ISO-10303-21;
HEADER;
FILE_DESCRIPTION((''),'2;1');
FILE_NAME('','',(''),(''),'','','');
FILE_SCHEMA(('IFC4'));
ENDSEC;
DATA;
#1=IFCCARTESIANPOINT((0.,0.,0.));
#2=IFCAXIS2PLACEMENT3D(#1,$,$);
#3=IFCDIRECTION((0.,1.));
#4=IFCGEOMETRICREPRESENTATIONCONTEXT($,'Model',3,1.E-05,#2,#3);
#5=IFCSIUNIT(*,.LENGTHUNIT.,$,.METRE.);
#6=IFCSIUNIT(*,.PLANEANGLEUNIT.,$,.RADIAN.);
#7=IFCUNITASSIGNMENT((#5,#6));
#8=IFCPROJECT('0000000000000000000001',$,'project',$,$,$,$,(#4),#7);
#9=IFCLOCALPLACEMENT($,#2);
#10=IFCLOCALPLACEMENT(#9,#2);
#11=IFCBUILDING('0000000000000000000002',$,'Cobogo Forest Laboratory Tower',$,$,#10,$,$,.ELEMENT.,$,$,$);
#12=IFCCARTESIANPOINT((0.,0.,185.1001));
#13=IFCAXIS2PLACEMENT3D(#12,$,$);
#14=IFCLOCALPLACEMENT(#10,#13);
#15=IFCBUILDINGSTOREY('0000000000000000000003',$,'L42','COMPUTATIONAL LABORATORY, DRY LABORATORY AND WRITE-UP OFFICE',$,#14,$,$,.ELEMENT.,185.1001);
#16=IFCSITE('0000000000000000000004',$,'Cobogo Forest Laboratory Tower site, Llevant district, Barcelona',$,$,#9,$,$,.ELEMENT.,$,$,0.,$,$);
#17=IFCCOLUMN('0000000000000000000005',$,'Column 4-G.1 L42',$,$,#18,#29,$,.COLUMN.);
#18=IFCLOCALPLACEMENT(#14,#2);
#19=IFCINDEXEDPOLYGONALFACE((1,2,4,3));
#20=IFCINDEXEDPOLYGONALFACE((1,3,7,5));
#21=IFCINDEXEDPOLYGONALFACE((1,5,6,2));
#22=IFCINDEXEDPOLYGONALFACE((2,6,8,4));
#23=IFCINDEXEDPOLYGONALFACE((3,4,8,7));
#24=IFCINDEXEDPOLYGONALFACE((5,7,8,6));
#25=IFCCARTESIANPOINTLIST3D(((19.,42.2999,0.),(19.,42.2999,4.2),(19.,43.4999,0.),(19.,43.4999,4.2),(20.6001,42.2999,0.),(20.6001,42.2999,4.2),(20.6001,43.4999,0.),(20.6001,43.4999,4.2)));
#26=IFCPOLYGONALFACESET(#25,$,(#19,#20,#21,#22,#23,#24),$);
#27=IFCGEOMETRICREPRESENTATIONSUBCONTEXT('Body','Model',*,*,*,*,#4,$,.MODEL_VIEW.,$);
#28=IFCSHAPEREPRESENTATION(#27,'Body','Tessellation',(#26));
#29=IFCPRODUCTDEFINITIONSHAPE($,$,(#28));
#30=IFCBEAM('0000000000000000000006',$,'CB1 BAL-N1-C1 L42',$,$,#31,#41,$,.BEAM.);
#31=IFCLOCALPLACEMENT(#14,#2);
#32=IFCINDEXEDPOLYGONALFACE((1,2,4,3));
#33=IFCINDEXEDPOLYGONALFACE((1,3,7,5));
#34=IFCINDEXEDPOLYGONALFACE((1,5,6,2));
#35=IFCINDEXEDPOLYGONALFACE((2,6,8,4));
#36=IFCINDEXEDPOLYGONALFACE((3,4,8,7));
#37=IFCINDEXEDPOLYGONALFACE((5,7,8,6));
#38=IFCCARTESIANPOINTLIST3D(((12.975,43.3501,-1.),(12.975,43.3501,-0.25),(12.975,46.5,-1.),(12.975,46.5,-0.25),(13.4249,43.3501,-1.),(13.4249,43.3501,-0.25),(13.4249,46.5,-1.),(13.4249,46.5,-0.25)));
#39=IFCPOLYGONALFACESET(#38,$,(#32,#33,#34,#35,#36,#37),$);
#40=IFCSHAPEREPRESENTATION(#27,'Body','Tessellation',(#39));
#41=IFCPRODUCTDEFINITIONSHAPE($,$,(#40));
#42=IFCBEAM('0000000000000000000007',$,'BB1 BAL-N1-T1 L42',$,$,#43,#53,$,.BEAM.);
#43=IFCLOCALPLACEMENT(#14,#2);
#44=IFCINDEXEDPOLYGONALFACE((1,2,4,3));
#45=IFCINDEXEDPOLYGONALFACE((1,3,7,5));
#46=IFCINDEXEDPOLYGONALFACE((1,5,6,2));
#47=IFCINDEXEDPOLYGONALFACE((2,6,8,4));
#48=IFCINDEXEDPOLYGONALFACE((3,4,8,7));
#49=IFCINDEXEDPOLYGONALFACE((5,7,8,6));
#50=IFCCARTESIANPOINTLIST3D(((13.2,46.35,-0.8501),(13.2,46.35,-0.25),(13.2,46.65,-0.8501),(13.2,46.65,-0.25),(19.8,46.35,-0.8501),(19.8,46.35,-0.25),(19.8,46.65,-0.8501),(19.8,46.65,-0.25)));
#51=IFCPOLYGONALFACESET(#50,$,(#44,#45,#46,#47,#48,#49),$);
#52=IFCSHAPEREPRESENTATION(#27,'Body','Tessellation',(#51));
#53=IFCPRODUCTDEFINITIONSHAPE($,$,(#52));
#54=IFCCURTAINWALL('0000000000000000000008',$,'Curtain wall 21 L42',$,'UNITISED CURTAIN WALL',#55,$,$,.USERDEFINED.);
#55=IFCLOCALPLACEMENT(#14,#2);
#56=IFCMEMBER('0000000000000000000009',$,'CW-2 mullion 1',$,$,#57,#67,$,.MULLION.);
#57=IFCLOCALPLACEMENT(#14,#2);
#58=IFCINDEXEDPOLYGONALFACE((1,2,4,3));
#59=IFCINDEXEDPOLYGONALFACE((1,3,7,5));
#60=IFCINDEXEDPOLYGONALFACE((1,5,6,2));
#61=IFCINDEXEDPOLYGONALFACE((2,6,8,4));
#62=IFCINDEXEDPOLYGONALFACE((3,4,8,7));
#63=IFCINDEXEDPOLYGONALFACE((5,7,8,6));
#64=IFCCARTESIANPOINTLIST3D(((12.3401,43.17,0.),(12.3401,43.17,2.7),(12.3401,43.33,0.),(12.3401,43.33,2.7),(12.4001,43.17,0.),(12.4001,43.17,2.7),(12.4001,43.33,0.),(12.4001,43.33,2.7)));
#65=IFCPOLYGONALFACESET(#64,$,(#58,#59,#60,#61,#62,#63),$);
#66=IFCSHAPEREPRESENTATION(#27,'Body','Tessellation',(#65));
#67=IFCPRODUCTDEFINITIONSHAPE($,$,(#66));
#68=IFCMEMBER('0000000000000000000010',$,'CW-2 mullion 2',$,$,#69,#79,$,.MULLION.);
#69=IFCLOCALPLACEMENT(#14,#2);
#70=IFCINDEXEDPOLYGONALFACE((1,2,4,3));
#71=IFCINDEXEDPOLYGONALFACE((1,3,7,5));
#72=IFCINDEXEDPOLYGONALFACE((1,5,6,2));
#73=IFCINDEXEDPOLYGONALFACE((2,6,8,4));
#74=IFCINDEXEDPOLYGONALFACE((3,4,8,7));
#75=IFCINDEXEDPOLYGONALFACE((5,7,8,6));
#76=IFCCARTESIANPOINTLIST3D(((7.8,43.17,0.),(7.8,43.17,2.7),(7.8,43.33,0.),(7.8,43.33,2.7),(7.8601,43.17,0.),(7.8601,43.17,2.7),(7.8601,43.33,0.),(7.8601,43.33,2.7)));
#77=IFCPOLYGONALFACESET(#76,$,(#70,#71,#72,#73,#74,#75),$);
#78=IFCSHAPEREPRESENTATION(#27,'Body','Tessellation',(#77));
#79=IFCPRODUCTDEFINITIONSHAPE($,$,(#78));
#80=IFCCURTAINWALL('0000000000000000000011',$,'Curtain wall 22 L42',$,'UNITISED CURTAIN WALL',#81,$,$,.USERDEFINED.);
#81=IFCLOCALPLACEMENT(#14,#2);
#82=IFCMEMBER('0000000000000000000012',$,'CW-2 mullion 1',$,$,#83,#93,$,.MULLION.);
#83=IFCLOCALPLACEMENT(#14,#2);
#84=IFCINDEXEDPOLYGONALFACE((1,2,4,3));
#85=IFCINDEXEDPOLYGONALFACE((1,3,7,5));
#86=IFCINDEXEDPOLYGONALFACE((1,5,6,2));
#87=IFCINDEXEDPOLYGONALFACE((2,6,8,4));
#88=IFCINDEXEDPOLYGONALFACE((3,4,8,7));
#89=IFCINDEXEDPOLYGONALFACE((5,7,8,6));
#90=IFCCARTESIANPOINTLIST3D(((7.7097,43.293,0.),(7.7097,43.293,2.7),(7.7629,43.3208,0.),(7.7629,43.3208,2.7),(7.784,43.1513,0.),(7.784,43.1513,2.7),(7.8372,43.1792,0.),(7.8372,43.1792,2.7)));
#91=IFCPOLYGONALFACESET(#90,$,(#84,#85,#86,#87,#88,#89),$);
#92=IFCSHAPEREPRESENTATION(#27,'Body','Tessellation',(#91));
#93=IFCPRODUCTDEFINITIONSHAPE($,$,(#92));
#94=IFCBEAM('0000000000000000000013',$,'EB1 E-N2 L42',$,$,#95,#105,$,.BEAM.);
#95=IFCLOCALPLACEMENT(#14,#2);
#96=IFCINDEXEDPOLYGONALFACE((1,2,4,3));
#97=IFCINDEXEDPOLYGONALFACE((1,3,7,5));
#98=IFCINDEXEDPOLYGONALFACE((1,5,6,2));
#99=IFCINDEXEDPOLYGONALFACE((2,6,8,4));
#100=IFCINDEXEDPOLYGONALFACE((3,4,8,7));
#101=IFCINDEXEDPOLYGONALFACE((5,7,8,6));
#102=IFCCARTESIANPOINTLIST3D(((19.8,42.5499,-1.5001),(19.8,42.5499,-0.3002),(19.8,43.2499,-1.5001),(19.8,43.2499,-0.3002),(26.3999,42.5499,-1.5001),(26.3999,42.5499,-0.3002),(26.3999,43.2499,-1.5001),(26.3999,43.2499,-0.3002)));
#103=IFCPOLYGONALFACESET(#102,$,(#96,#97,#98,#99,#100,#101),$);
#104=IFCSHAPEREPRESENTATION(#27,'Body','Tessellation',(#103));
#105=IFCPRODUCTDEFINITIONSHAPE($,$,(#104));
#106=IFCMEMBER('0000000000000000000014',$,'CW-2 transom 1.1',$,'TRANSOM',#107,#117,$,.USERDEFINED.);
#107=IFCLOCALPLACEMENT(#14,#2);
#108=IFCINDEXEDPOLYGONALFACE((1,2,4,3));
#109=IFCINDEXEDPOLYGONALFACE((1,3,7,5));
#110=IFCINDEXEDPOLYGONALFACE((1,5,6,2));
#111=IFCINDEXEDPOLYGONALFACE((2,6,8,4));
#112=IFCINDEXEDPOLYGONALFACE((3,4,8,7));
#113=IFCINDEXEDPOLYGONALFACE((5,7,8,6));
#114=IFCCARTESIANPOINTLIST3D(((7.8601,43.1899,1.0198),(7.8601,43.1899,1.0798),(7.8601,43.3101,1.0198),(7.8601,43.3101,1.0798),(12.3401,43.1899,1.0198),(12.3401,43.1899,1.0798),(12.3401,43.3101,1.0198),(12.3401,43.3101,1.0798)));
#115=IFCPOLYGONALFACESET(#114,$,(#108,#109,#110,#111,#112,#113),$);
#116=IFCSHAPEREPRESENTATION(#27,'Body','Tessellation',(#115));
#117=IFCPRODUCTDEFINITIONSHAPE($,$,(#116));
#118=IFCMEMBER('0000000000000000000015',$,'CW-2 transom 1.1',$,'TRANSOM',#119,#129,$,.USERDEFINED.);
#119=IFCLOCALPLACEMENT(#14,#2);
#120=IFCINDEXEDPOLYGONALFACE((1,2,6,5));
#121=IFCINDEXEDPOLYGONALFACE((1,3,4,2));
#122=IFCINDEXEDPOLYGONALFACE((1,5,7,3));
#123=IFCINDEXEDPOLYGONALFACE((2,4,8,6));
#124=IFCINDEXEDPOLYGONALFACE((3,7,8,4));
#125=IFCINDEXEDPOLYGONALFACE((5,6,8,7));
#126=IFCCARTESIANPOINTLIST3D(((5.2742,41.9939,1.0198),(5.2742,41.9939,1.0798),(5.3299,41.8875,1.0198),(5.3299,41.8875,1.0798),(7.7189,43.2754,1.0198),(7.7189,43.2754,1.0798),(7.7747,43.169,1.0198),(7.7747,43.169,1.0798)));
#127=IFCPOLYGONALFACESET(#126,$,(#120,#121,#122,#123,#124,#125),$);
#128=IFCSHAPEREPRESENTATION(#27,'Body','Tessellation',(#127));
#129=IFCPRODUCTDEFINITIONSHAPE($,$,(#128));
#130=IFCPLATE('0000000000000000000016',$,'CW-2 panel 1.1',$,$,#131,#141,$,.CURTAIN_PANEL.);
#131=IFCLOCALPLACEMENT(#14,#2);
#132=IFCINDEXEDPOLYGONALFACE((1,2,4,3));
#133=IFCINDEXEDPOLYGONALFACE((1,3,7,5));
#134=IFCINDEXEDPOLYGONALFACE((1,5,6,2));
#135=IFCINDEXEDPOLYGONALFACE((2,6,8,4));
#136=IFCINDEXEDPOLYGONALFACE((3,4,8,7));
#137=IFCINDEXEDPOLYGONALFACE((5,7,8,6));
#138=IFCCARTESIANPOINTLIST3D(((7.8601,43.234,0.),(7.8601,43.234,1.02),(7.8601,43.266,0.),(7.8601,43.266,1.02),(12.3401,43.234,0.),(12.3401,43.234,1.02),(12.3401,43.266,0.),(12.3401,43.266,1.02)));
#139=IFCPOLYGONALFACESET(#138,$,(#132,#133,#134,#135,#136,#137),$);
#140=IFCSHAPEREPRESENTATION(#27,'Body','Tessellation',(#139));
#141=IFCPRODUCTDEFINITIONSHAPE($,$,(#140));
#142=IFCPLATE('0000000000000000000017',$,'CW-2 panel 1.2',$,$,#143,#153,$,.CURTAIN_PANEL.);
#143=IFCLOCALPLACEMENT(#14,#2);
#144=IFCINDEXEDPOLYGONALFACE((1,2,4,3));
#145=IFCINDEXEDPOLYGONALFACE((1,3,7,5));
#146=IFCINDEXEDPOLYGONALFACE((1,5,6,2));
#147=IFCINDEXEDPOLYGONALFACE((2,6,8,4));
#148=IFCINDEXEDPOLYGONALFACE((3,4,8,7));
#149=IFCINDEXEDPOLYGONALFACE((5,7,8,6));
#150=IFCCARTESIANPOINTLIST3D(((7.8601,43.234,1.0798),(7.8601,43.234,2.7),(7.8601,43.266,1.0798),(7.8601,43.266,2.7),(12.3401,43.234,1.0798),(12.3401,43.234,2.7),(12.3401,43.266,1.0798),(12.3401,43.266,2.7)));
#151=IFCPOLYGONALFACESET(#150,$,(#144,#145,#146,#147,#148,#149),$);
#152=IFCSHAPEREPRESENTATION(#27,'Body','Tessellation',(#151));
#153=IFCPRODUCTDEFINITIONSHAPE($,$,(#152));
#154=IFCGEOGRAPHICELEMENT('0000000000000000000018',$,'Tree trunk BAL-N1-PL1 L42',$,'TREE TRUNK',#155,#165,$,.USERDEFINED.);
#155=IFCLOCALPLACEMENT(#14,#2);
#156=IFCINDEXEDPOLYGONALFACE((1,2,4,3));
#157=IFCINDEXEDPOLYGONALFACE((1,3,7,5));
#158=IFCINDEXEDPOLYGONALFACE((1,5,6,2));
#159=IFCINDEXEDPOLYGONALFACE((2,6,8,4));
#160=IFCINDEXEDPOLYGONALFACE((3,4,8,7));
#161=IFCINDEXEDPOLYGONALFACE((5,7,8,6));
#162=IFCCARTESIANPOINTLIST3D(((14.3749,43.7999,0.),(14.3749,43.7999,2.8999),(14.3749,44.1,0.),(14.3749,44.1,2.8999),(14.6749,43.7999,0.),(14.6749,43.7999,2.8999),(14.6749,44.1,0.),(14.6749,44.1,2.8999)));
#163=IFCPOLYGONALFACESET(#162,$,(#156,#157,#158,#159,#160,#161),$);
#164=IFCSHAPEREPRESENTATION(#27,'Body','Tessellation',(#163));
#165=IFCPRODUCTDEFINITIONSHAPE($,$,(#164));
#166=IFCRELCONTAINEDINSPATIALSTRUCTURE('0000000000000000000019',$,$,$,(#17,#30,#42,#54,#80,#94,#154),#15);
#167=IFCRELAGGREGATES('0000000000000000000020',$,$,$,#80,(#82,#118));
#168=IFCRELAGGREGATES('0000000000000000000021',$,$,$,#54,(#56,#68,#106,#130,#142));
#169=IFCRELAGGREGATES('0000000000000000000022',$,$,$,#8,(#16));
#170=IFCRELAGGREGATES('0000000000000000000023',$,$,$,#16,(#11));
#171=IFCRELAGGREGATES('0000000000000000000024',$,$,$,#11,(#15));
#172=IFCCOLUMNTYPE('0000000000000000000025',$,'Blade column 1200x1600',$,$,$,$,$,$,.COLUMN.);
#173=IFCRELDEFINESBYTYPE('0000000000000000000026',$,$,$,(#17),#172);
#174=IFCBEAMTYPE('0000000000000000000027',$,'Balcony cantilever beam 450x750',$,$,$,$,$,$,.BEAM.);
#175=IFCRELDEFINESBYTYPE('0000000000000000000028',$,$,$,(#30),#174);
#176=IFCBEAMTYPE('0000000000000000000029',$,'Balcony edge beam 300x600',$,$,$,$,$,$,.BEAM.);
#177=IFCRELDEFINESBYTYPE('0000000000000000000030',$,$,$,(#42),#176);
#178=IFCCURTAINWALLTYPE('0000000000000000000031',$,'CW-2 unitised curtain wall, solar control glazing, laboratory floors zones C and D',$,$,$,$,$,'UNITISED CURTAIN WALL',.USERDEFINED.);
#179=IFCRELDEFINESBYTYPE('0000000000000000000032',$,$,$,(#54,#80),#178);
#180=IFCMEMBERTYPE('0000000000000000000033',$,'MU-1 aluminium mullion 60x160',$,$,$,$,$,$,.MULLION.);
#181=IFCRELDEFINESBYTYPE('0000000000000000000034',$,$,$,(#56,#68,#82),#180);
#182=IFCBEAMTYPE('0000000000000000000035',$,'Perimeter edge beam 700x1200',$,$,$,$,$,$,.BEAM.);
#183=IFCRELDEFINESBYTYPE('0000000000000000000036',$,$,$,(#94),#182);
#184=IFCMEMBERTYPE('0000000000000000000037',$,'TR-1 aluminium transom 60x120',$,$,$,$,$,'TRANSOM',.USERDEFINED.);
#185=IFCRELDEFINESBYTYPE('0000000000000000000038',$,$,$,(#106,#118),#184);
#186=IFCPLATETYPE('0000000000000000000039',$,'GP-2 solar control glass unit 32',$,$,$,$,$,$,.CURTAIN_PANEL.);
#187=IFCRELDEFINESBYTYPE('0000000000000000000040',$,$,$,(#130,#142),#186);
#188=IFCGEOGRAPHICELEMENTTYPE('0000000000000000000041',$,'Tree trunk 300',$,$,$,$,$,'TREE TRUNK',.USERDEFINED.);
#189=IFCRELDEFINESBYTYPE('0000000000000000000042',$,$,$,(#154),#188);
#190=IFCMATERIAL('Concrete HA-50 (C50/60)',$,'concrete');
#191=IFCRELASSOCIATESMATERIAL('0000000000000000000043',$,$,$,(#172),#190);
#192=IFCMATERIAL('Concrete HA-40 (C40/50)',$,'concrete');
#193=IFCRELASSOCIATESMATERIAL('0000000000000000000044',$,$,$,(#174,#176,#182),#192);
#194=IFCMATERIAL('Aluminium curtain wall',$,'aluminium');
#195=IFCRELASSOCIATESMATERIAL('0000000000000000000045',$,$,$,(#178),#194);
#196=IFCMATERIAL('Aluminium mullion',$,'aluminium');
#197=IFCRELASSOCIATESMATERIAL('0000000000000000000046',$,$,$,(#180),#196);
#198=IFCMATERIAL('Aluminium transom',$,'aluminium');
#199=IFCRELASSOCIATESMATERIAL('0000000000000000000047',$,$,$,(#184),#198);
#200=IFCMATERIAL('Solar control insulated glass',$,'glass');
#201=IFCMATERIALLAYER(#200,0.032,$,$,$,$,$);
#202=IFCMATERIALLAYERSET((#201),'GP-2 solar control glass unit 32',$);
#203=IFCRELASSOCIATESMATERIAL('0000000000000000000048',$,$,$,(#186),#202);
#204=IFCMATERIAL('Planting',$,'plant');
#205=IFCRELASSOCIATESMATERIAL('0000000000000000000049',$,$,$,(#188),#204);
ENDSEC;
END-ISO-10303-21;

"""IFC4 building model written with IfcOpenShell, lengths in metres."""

from ifc_helpers import new_model, si_unit, direction, frame, origin, origin_2d, place, context, subcontext, project, spatial, rectangle, extrude, material, layer, layer_set, material_profile, profile_set, type_object, element, aggregate, save


model = new_model("IFC4")

# Units and contexts
model_context = context("Model", 3, precision=1e-05, world=origin(), true_north=direction((0.0, 1.0)))
body_context = subcontext(model_context, "Body", "Model", "MODEL_VIEW")
ifc_project = project(units=[si_unit("LENGTHUNIT", "METRE"), si_unit("PLANEANGLEUNIT", "RADIAN")], contexts=[model_context])

# Site, building, storey
site_placement = place(None, origin())
site = spatial("IfcSite", under=ifc_project, at=site_placement, Name="Cobogo Forest Laboratory Tower site, Llevant district, Barcelona", CompositionType="ELEMENT", RefElevation=0.0)
building_placement = place(site_placement, origin())
building = spatial("IfcBuilding", under=site, at=building_placement, Name="Cobogo Forest Laboratory Tower", CompositionType="ELEMENT")
storey_placement = place(building_placement, frame((0.0, 0.0, 185.1001)))
storey = spatial("IfcBuildingStorey", under=building, at=storey_placement, Name="L42", Description="COMPUTATIONAL LABORATORY, DRY LABORATORY AND WRITE-UP OFFICE", CompositionType="ELEMENT", Elevation=185.1001)

# Column
ifc_material_1 = material(Name="Concrete HA-50 (C50/60)", Category="concrete")
ifc_material_profile_1 = material_profile(ifc_material_1, rectangle(XDim=1.6001, YDim=1.2, at=origin_2d()), Name="RC 1200x1600")
ifc_profile_set_1 = profile_set([ifc_material_profile_1], Name="Concrete HA-50 (C50/60)")
column_type = type_object("IfcColumnType", Name="Blade column 1200x1600", PredefinedType="COLUMN", material=ifc_profile_set_1)
column_placement = place(storey_placement, frame((19.8, 42.8999, 0.0), z_axis=(0.0, 0.0, 1.0), x_axis=(1.0, 0.0, 0.0)))
element("IfcColumn", 1, at=column_placement, inside=storey, type_object=column_type, Name="Column 4-G.1 L42", PredefinedType="COLUMN", context=body_context, shape_type="SweptSolid", body=[
    extrude(rectangle(XDim=1.6001, YDim=1.2, at=origin_2d()), origin(), (0.0, 0.0, 1.0), 4.2),
])

# Beams
ifc_material_2 = material(Name="Concrete HA-40 (C40/50)", Category="concrete")
ifc_material_profile_2 = material_profile(ifc_material_2, rectangle(XDim=0.45, YDim=0.75, at=origin_2d()), Name="RC 450x750")
ifc_profile_set_2 = profile_set([ifc_material_profile_2], Name="Concrete HA-40 (C40/50)")
beam_type_1 = type_object("IfcBeamType", Name="Balcony cantilever beam 450x750", PredefinedType="BEAM", material=ifc_profile_set_2)
beam_1_placement = place(storey_placement, frame((13.2, 43.3501, -0.625), z_axis=(0.0, 1.0, 0.0), x_axis=(-1.0, 0.0, 0.0)))
element("IfcBeam", 2, at=beam_1_placement, inside=storey, type_object=beam_type_1, Name="CB1 BAL-N1-C1 L42", PredefinedType="BEAM", context=body_context, shape_type="SweptSolid", body=[
    extrude(rectangle(XDim=0.45, YDim=0.75, at=origin_2d()), origin(), (0.0, 0.0, 1.0), 3.1499),
])
ifc_material_profile_3 = material_profile(ifc_material_2, rectangle(XDim=0.3, YDim=0.6001, at=origin_2d()), Name="RC 300x600")
ifc_profile_set_3 = profile_set([ifc_material_profile_3], Name="Concrete HA-40 (C40/50)")
beam_type_2 = type_object("IfcBeamType", Name="Balcony edge beam 300x600", PredefinedType="BEAM", material=ifc_profile_set_3)
beam_2_placement = place(storey_placement, frame((13.2, 46.5, -0.55), z_axis=(1.0, 0.0, 0.0), x_axis=(0.0, 1.0, 0.0)))
element("IfcBeam", 3, at=beam_2_placement, inside=storey, type_object=beam_type_2, Name="BB1 BAL-N1-T1 L42", PredefinedType="BEAM", context=body_context, shape_type="SweptSolid", body=[
    extrude(rectangle(XDim=0.3, YDim=0.6001, at=origin_2d()), origin(), (0.0, 0.0, 1.0), 6.6001),
])

# Curtain wall, members
ifc_material_3 = material(Name="Aluminium curtain wall", Category="aluminium")
curtain_wall_type = type_object("IfcCurtainWallType", Name="CW-2 unitised curtain wall, solar control glazing, laboratory floors zones C and D", ElementType="UNITISED CURTAIN WALL", PredefinedType="USERDEFINED", material=ifc_material_3)
curtain_wall_1_placement = place(storey_placement, origin())
curtain_wall_1 = element("IfcCurtainWall", 4, at=curtain_wall_1_placement, inside=storey, type_object=curtain_wall_type, Name="Curtain wall 21 L42", ObjectType="UNITISED CURTAIN WALL", PredefinedType="USERDEFINED")
ifc_material_4 = material(Name="Aluminium mullion", Category="aluminium")
ifc_material_profile_4 = material_profile(ifc_material_4, rectangle(XDim=0.0601, YDim=0.1599, at=origin_2d()), Name="AL 60x160")
ifc_profile_set_4 = profile_set([ifc_material_profile_4], Name="Aluminium mullion")
member_type_1 = type_object("IfcMemberType", Name="MU-1 aluminium mullion 60x160", PredefinedType="MULLION", material=ifc_profile_set_4)
member_1_placement = place(storey_placement, frame((12.3701, 43.25, 0.0), z_axis=(0.0, 0.0, 1.0), x_axis=(-1.0, 0.0, 0.0)))
member_1 = element("IfcMember", 5, at=member_1_placement, type_object=member_type_1, Name="CW-2 mullion 1", PredefinedType="MULLION", context=body_context, shape_type="SweptSolid", body=[
    extrude(rectangle(XDim=0.0601, YDim=0.1599, at=origin_2d()), origin(), (0.0, 0.0, 1.0), 2.7),
])
member_2_placement = place(storey_placement, frame((7.8301, 43.25, 0.0), z_axis=(0.0, 0.0, 1.0), x_axis=(-1.0, 0.0, 0.0)))
member_2 = element("IfcMember", 6, at=member_2_placement, type_object=member_type_1, Name="CW-2 mullion 2", PredefinedType="MULLION", context=body_context, shape_type="SweptSolid", body=[
    extrude(rectangle(XDim=0.0601, YDim=0.1599, at=origin_2d()), origin(), (0.0, 0.0, 1.0), 2.7),
])

# Curtain wall, member
curtain_wall_2_placement = place(storey_placement, origin())
curtain_wall_2 = element("IfcCurtainWall", 7, at=curtain_wall_2_placement, inside=storey, type_object=curtain_wall_type, Name="Curtain wall 22 L42", ObjectType="UNITISED CURTAIN WALL", PredefinedType="USERDEFINED")
member_3_placement = place(storey_placement, frame((7.7734, 43.2361, 0.0), z_axis=(0.0, 0.0, 1.0), x_axis=(-0.885686, -0.464284, 0.0)))
member_3 = element("IfcMember", 8, at=member_3_placement, type_object=member_type_1, Name="CW-2 mullion 1", PredefinedType="MULLION", context=body_context, shape_type="SweptSolid", body=[
    extrude(rectangle(XDim=0.0601, YDim=0.1599, at=origin_2d()), origin(), (0.0, 0.0, 1.0), 2.7),
])

# Beam
ifc_material_profile_5 = material_profile(ifc_material_2, rectangle(XDim=0.7, YDim=1.2, at=origin_2d()), Name="RC 700x1200")
ifc_profile_set_5 = profile_set([ifc_material_profile_5], Name="Concrete HA-40 (C40/50)")
beam_type_3 = type_object("IfcBeamType", Name="Perimeter edge beam 700x1200", PredefinedType="BEAM", material=ifc_profile_set_5)
beam_3_placement = place(storey_placement, frame((19.8, 42.8999, -0.9001), z_axis=(1.0, 0.0, 0.0), x_axis=(0.0, 1.0, 0.0)))
element("IfcBeam", 9, at=beam_3_placement, inside=storey, type_object=beam_type_3, Name="EB1 E-N2 L42", PredefinedType="BEAM", context=body_context, shape_type="SweptSolid", body=[
    extrude(rectangle(XDim=0.7, YDim=1.2, at=origin_2d()), origin(), (0.0, 0.0, 1.0), 6.5999),
])

# Members
ifc_material_5 = material(Name="Aluminium transom", Category="aluminium")
ifc_material_profile_6 = material_profile(ifc_material_5, rectangle(XDim=0.1201, YDim=0.0601, at=origin_2d()), Name="AL 60x120")
ifc_profile_set_6 = profile_set([ifc_material_profile_6], Name="Aluminium transom")
member_type_2 = type_object("IfcMemberType", Name="TR-1 aluminium transom 60x120", ElementType="TRANSOM", PredefinedType="USERDEFINED", material=ifc_profile_set_6)
member_4_placement = place(storey_placement, frame((12.3401, 43.25, 1.0498), z_axis=(-1.0, 0.0, 0.0), x_axis=(0.0, -1.0, 0.0)))
member_4 = element("IfcMember", 10, at=member_4_placement, type_object=member_type_2, Name="CW-2 transom 1.1", ObjectType="TRANSOM", PredefinedType="USERDEFINED", context=body_context, shape_type="SweptSolid", body=[
    extrude(rectangle(XDim=0.1201, YDim=0.0601, at=origin_2d()), origin(), (0.0, 0.0, 1.0), 4.48),
])
member_5_placement = place(storey_placement, frame((7.7468, 43.2222, 1.0498), z_axis=(-0.885702, -0.464255, 0.0), x_axis=(0.464255, -0.885702, 0.0)))
member_5 = element("IfcMember", 11, at=member_5_placement, type_object=member_type_2, Name="CW-2 transom 1.1", ObjectType="TRANSOM", PredefinedType="USERDEFINED", context=body_context, shape_type="SweptSolid", body=[
    extrude(rectangle(XDim=0.1201, YDim=0.0601, at=origin_2d()), origin(), (0.0, 0.0, 1.0), 2.7603),
])
aggregate(curtain_wall_2, [member_3, member_5])

# Plates
ifc_material_6 = material(Name="Solar control insulated glass", Category="glass")
ifc_layer_1 = layer(ifc_material_6, 0.032)
ifc_layer_set_1 = layer_set([ifc_layer_1], Name="GP-2 solar control glass unit 32")
plate_type = type_object("IfcPlateType", Name="GP-2 solar control glass unit 32", PredefinedType="CURTAIN_PANEL", material=ifc_layer_set_1)
plate_1_placement = place(storey_placement, frame((10.1001, 43.25, 0.0), z_axis=(0.0, 0.0, 1.0), x_axis=(-1.0, 0.0, 0.0)))
plate_1 = element("IfcPlate", 12, at=plate_1_placement, type_object=plate_type, Name="CW-2 panel 1.1", PredefinedType="CURTAIN_PANEL", context=body_context, shape_type="SweptSolid", body=[
    extrude(rectangle(XDim=4.48, YDim=0.032, at=origin_2d()), origin(), (0.0, 0.0, 1.0), 1.02),
])
plate_2_placement = place(storey_placement, frame((10.1001, 43.25, 1.0798), z_axis=(0.0, 0.0, 1.0), x_axis=(-1.0, 0.0, 0.0)))
plate_2 = element("IfcPlate", 13, at=plate_2_placement, type_object=plate_type, Name="CW-2 panel 1.2", PredefinedType="CURTAIN_PANEL", context=body_context, shape_type="SweptSolid", body=[
    extrude(rectangle(XDim=4.48, YDim=0.032, at=origin_2d()), origin(), (0.0, 0.0, 1.0), 1.6201),
])
aggregate(curtain_wall_1, [member_1, member_2, member_4, plate_1, plate_2])

# Geographic element
ifc_material_7 = material(Name="Planting", Category="plant")
geographic_element_type = type_object("IfcGeographicElementType", Name="Tree trunk 300", ElementType="TREE TRUNK", PredefinedType="USERDEFINED", material=ifc_material_7)
geographic_element_placement = place(storey_placement, frame((14.5249, 43.95, 0.0), z_axis=(0.0, 0.0, 1.0), x_axis=(1.0, 0.0, 0.0)))
element("IfcGeographicElement", 14, at=geographic_element_placement, inside=storey, type_object=geographic_element_type, Name="Tree trunk BAL-N1-PL1 L42", ObjectType="TREE TRUNK", PredefinedType="USERDEFINED", context=body_context, shape_type="SweptSolid", body=[
    extrude(rectangle(XDim=0.3, YDim=0.3, at=origin_2d()), origin(), (0.0, 0.0, 1.0), 2.8999),
])

save(model, "model.ifc")
